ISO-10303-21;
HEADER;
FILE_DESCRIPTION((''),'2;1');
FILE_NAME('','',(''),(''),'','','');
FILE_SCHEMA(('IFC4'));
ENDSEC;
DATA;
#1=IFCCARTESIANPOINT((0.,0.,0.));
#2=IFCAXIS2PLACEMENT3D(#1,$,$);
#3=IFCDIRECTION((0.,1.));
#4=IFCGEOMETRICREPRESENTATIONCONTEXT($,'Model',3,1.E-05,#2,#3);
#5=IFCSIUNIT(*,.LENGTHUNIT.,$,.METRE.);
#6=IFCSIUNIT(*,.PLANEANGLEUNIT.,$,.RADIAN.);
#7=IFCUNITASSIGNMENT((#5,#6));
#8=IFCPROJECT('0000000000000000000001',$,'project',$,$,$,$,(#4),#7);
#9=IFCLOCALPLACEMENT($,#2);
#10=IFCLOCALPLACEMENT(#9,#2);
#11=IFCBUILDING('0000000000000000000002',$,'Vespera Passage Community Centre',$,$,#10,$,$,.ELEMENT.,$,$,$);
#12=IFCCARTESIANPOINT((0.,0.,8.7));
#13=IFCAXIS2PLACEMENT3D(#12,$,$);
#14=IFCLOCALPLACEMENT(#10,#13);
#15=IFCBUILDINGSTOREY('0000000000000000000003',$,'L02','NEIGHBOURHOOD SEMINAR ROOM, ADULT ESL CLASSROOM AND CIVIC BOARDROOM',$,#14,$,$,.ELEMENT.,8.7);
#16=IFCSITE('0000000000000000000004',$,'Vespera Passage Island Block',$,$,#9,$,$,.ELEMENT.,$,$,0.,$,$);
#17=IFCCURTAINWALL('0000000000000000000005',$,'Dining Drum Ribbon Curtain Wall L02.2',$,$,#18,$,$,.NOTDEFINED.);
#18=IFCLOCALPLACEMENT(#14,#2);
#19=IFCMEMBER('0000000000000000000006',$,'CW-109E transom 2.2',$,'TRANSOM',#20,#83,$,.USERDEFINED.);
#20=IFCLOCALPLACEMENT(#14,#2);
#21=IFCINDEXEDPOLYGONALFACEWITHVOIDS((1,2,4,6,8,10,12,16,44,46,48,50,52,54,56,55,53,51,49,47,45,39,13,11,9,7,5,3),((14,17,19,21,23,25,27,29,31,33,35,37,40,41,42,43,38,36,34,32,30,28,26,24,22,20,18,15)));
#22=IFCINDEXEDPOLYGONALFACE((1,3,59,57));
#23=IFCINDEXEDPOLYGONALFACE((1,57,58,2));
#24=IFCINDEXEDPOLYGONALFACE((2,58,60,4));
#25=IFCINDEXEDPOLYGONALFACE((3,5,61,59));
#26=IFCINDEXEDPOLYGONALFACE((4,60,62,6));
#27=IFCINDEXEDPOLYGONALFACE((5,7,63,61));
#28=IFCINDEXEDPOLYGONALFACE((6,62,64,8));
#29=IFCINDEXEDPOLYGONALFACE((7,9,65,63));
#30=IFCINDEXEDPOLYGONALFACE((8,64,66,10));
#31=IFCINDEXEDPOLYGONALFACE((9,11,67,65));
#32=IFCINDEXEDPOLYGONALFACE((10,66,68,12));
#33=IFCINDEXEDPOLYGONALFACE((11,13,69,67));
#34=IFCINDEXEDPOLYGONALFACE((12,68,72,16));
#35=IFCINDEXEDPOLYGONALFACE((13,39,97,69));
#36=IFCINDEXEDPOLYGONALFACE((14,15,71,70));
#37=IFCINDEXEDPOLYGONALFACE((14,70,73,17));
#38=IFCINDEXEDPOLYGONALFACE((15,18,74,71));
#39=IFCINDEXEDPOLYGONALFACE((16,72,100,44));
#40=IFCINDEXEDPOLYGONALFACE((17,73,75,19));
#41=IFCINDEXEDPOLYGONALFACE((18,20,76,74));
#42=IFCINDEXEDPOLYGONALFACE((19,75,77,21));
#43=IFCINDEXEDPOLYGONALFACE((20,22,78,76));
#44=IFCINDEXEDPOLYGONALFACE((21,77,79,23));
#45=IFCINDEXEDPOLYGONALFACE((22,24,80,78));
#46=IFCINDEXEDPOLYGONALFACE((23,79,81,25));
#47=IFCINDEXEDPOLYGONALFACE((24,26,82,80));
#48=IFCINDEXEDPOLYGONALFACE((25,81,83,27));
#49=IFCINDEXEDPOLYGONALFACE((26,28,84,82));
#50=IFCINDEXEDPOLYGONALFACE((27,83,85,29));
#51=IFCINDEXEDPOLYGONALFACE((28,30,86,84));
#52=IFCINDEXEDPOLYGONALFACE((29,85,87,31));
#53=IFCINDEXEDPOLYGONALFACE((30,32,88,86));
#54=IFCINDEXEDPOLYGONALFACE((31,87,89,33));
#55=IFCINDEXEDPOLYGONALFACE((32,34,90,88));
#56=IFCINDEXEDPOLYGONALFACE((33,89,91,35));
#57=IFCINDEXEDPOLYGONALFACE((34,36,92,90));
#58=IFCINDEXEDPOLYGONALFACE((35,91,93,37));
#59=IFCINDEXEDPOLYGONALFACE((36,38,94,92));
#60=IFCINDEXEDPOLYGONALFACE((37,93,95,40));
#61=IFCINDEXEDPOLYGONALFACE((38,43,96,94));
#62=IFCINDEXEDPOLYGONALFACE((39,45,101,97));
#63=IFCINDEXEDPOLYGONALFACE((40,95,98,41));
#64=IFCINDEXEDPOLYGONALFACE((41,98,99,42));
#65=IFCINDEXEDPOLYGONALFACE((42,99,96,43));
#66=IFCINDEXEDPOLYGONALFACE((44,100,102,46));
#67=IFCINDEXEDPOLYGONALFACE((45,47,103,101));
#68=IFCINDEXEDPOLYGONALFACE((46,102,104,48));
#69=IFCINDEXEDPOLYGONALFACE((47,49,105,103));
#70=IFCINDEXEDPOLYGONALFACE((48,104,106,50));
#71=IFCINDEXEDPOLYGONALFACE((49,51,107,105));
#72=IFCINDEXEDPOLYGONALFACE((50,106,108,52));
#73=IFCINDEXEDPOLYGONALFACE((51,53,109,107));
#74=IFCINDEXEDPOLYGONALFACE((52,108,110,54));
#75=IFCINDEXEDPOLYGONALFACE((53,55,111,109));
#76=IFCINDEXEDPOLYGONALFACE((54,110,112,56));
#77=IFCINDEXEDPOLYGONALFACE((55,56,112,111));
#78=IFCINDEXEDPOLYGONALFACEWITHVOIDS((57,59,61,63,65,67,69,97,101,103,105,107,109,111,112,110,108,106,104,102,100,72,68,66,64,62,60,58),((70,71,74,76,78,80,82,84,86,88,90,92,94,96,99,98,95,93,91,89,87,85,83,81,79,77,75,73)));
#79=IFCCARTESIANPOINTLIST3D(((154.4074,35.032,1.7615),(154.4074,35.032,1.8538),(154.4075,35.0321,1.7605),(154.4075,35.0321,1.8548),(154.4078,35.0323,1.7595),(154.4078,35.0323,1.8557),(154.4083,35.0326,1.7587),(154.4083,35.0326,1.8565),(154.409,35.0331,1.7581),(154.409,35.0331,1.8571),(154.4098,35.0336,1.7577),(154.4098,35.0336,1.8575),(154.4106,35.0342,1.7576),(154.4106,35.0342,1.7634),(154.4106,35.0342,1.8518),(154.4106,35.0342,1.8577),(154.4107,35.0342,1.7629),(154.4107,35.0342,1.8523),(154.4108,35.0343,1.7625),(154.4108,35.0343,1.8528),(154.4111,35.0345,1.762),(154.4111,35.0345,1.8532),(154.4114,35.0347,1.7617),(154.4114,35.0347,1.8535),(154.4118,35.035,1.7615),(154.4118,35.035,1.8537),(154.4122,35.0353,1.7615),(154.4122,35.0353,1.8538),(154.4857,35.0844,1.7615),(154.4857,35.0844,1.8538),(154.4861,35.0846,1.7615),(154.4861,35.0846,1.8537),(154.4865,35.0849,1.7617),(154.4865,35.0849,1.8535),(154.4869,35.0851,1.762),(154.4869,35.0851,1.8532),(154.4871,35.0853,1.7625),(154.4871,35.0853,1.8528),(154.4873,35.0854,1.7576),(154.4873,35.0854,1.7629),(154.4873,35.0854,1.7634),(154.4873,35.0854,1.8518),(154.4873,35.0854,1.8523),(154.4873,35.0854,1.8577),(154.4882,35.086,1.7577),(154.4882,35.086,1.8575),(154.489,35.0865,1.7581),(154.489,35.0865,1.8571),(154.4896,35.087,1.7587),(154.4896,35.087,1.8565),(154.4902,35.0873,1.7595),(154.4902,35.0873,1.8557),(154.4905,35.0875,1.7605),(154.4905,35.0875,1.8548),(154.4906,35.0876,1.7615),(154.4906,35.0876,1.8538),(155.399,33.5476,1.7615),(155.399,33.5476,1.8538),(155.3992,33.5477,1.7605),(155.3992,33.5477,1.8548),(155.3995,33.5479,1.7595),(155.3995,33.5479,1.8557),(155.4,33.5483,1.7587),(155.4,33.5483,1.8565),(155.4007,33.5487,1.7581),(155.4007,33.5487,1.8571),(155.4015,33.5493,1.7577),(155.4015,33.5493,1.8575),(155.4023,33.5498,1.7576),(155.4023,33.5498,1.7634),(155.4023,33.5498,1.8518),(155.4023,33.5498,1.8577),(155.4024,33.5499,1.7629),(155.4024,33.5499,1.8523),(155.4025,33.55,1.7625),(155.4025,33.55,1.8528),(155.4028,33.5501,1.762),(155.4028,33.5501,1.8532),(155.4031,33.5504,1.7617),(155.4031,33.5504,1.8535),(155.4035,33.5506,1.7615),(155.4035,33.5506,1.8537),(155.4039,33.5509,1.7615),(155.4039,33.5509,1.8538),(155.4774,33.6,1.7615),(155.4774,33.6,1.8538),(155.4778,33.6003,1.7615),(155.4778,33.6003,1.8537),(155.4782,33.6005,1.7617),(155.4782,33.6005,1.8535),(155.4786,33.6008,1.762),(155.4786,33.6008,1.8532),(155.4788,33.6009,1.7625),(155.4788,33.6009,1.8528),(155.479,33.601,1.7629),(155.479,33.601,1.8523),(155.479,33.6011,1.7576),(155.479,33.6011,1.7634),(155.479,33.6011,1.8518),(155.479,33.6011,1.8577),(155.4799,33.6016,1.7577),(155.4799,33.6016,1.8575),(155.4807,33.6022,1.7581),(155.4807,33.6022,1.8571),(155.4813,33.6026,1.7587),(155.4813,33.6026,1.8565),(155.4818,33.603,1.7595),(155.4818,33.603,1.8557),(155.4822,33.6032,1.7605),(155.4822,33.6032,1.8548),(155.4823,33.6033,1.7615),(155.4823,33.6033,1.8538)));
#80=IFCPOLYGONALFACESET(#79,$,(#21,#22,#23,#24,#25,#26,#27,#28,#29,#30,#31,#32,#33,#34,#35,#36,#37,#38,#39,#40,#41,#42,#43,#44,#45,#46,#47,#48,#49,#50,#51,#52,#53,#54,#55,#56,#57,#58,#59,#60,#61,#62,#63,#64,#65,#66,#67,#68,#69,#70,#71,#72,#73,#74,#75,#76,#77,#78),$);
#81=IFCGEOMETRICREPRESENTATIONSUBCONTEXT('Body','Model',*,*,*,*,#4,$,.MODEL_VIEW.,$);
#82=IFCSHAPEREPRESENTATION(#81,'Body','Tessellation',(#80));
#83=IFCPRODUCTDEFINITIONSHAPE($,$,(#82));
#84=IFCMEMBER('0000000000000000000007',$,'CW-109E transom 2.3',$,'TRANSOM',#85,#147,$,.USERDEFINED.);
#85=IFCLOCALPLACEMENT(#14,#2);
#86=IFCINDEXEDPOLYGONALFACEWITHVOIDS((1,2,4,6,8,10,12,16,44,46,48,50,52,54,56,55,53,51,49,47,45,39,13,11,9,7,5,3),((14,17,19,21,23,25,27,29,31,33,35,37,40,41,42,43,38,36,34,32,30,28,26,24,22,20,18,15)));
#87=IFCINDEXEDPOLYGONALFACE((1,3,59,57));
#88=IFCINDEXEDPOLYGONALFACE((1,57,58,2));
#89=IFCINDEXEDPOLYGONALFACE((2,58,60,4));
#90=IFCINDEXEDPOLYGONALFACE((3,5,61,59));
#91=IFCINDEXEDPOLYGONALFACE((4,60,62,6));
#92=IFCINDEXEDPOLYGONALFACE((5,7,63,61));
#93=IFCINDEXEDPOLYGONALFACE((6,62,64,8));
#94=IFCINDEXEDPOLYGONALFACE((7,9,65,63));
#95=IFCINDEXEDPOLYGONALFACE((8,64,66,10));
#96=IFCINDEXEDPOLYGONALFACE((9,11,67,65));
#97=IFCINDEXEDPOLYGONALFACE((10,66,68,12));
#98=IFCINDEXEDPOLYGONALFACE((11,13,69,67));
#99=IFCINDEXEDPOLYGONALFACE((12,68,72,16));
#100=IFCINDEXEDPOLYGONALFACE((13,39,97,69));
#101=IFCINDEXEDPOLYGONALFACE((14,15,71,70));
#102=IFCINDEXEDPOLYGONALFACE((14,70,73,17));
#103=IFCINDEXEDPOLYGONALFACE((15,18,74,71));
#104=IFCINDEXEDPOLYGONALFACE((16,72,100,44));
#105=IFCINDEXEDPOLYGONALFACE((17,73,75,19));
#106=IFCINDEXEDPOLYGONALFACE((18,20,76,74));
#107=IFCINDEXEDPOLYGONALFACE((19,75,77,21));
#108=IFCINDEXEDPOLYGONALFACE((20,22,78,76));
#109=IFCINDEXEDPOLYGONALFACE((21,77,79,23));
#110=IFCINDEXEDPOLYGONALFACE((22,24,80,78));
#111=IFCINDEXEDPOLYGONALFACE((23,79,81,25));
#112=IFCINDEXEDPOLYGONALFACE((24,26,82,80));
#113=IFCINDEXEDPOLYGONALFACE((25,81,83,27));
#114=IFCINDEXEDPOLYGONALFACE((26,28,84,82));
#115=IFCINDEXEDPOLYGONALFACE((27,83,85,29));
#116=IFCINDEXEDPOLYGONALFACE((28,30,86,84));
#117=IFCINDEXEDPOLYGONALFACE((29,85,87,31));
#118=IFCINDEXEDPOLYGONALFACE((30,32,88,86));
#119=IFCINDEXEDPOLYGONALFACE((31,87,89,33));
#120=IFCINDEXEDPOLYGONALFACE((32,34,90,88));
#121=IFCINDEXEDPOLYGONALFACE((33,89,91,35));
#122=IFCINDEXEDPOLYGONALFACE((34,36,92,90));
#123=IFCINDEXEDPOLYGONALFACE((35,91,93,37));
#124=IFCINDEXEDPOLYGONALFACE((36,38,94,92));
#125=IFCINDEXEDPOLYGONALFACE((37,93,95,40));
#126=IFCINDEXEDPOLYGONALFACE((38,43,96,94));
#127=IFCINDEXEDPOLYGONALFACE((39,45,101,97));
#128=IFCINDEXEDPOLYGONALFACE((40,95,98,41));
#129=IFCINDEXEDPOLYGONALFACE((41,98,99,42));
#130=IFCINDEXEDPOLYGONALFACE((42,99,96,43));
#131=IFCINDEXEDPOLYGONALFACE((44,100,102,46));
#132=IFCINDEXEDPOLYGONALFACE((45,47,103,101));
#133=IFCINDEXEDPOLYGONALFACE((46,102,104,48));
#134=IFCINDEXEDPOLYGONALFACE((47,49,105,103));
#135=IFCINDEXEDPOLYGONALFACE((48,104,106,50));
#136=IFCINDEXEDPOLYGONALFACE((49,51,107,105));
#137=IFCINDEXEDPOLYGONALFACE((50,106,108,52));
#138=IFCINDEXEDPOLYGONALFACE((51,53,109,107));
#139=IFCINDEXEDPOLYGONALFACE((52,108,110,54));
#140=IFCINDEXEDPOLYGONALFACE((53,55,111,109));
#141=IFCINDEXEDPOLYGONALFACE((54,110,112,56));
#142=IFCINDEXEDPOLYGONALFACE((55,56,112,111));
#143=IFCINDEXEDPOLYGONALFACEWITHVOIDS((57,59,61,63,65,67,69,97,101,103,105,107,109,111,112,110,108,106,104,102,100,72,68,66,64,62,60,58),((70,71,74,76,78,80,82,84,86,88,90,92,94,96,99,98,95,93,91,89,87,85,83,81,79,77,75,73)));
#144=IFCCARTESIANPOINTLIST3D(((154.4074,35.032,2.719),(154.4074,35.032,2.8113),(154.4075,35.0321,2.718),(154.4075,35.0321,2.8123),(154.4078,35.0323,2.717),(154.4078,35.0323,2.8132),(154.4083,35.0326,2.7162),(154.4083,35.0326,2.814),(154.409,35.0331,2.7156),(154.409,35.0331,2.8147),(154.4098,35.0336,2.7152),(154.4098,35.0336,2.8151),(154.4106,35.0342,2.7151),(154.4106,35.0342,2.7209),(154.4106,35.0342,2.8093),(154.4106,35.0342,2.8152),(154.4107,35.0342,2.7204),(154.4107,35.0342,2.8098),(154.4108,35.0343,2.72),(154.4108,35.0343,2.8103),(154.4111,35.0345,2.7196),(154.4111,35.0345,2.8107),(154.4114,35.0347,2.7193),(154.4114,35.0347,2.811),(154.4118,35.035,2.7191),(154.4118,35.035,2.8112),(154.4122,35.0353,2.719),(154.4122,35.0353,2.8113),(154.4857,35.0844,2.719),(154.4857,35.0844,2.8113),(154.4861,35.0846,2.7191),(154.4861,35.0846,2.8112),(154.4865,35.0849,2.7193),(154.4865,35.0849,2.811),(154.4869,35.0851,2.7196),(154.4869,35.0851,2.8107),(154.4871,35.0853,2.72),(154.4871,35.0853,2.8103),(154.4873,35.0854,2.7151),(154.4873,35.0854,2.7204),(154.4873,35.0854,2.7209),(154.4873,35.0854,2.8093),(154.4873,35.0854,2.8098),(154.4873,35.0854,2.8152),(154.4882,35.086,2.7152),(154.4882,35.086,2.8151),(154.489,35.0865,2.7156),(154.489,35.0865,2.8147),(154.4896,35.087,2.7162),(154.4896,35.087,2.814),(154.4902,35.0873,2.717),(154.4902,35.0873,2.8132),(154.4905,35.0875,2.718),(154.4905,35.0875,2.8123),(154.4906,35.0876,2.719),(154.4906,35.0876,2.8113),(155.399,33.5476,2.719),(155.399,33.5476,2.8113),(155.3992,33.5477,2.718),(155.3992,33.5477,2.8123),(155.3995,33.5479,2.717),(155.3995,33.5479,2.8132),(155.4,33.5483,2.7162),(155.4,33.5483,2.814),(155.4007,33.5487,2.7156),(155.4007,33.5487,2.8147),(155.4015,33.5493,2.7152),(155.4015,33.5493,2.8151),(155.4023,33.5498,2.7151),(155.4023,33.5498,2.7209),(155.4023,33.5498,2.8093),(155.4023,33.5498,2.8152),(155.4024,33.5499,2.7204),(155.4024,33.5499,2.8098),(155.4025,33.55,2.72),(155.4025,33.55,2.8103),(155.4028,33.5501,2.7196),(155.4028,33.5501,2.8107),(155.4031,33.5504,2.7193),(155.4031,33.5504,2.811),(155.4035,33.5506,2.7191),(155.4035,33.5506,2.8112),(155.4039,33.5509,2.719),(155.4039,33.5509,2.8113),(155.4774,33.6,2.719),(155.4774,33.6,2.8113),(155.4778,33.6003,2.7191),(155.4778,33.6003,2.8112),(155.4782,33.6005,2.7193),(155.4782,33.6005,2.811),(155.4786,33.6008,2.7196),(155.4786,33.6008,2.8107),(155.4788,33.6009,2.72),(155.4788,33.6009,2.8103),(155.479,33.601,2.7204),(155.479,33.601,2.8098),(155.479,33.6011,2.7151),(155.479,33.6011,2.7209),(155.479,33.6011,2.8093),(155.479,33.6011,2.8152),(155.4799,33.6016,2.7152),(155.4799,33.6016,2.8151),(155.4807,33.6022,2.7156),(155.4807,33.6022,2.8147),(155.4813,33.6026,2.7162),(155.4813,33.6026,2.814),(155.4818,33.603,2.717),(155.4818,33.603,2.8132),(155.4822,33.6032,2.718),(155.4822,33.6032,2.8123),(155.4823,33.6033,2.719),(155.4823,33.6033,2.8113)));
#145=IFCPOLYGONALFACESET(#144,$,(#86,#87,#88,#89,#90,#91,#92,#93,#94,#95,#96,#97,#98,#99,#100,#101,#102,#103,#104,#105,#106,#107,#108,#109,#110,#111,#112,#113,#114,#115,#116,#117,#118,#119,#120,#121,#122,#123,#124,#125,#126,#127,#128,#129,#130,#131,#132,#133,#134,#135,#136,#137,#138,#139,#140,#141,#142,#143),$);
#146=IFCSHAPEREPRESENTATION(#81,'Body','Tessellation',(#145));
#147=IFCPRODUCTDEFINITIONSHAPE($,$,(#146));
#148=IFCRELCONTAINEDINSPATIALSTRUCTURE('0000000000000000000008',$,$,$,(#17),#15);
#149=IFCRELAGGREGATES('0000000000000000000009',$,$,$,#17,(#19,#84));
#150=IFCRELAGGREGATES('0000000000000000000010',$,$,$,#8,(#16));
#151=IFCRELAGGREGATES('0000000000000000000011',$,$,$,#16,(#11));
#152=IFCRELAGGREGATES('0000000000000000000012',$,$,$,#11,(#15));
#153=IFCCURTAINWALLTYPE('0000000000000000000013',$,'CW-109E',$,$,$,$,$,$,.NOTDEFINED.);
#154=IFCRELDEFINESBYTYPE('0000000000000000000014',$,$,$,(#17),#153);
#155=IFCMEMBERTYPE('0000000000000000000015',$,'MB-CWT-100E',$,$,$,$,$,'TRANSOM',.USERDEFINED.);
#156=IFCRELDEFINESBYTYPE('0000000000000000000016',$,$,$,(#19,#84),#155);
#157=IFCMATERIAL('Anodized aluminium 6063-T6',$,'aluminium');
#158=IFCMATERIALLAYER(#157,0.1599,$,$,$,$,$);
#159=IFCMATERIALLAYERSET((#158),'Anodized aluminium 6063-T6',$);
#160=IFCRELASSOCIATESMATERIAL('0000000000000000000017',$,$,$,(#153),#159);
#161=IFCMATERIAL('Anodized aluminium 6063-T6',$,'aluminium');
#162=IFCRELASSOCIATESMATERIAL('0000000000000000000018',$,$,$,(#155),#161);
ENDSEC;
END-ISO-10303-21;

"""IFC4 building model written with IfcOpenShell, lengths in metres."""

from ifc_helpers import new_model, si_unit, direction, frame, origin, origin_2d, place, context, subcontext, project, spatial, hollow_rectangle, extrude, material, layer, layer_set, material_profile, profile_set, type_object, element, aggregate, save


model = new_model("IFC4")

# Units and contexts
model_context = context("Model", 3, precision=1e-05, world=origin(), true_north=direction((0.0, 1.0)))
body_context = subcontext(model_context, "Body", "Model", "MODEL_VIEW")
ifc_project = project(units=[si_unit("LENGTHUNIT", "METRE"), si_unit("PLANEANGLEUNIT", "RADIAN")], contexts=[model_context])

# Site, building, storey
site_placement = place(None, origin())
site = spatial("IfcSite", under=ifc_project, at=site_placement, Name="Vespera Passage Island Block", CompositionType="ELEMENT", RefElevation=0.0)
building_placement = place(site_placement, origin())
building = spatial("IfcBuilding", under=site, at=building_placement, Name="Vespera Passage Community Centre", CompositionType="ELEMENT")
storey_placement = place(building_placement, frame((0.0, 0.0, 8.7)))
storey = spatial("IfcBuildingStorey", under=building, at=storey_placement, Name="L02", Description="NEIGHBOURHOOD SEMINAR ROOM, ADULT ESL CLASSROOM AND CIVIC BOARDROOM", CompositionType="ELEMENT", Elevation=8.7)

# Curtain wall
ifc_material_1 = material(Name="Anodized aluminium 6063-T6", Category="aluminium")
ifc_layer_1 = layer(ifc_material_1, 0.1599)
ifc_layer_set_1 = layer_set([ifc_layer_1], Name="Anodized aluminium 6063-T6")
curtain_wall_type_1 = type_object("IfcCurtainWallType", Name="CW-109E", PredefinedType="NOTDEFINED", material=ifc_layer_set_1)
curtain_wall_1_placement = place(storey_placement, origin())
curtain_wall_1 = element("IfcCurtainWall", 1, at=curtain_wall_1_placement, inside=storey, type_object=curtain_wall_type_1, Name="Dining Drum Ribbon Curtain Wall L02.2", PredefinedType="NOTDEFINED")

# Members
ifc_material_2 = material(Name="Anodized aluminium 6063-T6", Category="aluminium")
ifc_material_profile_1 = material_profile(ifc_material_2, hollow_rectangle(XDim=0.1001, YDim=0.1001, WallThickness=0.0039, InnerFilletRadius=0.002, OuterFilletRadius=0.0039, at=origin_2d()), Name="ALU100X100X4")
ifc_profile_set_1 = profile_set([ifc_material_profile_1], Name="Anodized aluminium 6063-T6")
member_type_1 = type_object("IfcMemberType", Name="MB-CWT-100E", ElementType="TRANSOM", PredefinedType="USERDEFINED", material=ifc_profile_set_1)
member_1_placement = place(storey_placement, frame((154.449, 35.0598, 1.8076), z_axis=(0.55552, -0.831503, 0.0), x_axis=(0.831503, 0.55552, 0.0)))
member_1 = element("IfcMember", 2, at=member_1_placement, type_object=member_type_1, Name="CW-109E transom 2.2", ObjectType="TRANSOM", PredefinedType="USERDEFINED", context=body_context, shape_type="SweptSolid", body=[
    extrude(hollow_rectangle(XDim=0.1001, YDim=0.1001, WallThickness=0.0039, InnerFilletRadius=0.002, OuterFilletRadius=0.0039, at=origin_2d()), origin(), (0.0, 0.0, 1.0), 1.7852),
])
member_2_placement = place(storey_placement, frame((154.449, 35.0598, 2.7651), z_axis=(0.55552, -0.831503, 0.0), x_axis=(0.831503, 0.55552, 0.0)))
member_2 = element("IfcMember", 3, at=member_2_placement, type_object=member_type_1, Name="CW-109E transom 2.3", ObjectType="TRANSOM", PredefinedType="USERDEFINED", context=body_context, shape_type="SweptSolid", body=[
    extrude(hollow_rectangle(XDim=0.1001, YDim=0.1001, WallThickness=0.0039, InnerFilletRadius=0.002, OuterFilletRadius=0.0039, at=origin_2d()), origin(), (0.0, 0.0, 1.0), 1.7852),
])

aggregate(curtain_wall_1, [member_1, member_2])

save(model, "model.ifc")
